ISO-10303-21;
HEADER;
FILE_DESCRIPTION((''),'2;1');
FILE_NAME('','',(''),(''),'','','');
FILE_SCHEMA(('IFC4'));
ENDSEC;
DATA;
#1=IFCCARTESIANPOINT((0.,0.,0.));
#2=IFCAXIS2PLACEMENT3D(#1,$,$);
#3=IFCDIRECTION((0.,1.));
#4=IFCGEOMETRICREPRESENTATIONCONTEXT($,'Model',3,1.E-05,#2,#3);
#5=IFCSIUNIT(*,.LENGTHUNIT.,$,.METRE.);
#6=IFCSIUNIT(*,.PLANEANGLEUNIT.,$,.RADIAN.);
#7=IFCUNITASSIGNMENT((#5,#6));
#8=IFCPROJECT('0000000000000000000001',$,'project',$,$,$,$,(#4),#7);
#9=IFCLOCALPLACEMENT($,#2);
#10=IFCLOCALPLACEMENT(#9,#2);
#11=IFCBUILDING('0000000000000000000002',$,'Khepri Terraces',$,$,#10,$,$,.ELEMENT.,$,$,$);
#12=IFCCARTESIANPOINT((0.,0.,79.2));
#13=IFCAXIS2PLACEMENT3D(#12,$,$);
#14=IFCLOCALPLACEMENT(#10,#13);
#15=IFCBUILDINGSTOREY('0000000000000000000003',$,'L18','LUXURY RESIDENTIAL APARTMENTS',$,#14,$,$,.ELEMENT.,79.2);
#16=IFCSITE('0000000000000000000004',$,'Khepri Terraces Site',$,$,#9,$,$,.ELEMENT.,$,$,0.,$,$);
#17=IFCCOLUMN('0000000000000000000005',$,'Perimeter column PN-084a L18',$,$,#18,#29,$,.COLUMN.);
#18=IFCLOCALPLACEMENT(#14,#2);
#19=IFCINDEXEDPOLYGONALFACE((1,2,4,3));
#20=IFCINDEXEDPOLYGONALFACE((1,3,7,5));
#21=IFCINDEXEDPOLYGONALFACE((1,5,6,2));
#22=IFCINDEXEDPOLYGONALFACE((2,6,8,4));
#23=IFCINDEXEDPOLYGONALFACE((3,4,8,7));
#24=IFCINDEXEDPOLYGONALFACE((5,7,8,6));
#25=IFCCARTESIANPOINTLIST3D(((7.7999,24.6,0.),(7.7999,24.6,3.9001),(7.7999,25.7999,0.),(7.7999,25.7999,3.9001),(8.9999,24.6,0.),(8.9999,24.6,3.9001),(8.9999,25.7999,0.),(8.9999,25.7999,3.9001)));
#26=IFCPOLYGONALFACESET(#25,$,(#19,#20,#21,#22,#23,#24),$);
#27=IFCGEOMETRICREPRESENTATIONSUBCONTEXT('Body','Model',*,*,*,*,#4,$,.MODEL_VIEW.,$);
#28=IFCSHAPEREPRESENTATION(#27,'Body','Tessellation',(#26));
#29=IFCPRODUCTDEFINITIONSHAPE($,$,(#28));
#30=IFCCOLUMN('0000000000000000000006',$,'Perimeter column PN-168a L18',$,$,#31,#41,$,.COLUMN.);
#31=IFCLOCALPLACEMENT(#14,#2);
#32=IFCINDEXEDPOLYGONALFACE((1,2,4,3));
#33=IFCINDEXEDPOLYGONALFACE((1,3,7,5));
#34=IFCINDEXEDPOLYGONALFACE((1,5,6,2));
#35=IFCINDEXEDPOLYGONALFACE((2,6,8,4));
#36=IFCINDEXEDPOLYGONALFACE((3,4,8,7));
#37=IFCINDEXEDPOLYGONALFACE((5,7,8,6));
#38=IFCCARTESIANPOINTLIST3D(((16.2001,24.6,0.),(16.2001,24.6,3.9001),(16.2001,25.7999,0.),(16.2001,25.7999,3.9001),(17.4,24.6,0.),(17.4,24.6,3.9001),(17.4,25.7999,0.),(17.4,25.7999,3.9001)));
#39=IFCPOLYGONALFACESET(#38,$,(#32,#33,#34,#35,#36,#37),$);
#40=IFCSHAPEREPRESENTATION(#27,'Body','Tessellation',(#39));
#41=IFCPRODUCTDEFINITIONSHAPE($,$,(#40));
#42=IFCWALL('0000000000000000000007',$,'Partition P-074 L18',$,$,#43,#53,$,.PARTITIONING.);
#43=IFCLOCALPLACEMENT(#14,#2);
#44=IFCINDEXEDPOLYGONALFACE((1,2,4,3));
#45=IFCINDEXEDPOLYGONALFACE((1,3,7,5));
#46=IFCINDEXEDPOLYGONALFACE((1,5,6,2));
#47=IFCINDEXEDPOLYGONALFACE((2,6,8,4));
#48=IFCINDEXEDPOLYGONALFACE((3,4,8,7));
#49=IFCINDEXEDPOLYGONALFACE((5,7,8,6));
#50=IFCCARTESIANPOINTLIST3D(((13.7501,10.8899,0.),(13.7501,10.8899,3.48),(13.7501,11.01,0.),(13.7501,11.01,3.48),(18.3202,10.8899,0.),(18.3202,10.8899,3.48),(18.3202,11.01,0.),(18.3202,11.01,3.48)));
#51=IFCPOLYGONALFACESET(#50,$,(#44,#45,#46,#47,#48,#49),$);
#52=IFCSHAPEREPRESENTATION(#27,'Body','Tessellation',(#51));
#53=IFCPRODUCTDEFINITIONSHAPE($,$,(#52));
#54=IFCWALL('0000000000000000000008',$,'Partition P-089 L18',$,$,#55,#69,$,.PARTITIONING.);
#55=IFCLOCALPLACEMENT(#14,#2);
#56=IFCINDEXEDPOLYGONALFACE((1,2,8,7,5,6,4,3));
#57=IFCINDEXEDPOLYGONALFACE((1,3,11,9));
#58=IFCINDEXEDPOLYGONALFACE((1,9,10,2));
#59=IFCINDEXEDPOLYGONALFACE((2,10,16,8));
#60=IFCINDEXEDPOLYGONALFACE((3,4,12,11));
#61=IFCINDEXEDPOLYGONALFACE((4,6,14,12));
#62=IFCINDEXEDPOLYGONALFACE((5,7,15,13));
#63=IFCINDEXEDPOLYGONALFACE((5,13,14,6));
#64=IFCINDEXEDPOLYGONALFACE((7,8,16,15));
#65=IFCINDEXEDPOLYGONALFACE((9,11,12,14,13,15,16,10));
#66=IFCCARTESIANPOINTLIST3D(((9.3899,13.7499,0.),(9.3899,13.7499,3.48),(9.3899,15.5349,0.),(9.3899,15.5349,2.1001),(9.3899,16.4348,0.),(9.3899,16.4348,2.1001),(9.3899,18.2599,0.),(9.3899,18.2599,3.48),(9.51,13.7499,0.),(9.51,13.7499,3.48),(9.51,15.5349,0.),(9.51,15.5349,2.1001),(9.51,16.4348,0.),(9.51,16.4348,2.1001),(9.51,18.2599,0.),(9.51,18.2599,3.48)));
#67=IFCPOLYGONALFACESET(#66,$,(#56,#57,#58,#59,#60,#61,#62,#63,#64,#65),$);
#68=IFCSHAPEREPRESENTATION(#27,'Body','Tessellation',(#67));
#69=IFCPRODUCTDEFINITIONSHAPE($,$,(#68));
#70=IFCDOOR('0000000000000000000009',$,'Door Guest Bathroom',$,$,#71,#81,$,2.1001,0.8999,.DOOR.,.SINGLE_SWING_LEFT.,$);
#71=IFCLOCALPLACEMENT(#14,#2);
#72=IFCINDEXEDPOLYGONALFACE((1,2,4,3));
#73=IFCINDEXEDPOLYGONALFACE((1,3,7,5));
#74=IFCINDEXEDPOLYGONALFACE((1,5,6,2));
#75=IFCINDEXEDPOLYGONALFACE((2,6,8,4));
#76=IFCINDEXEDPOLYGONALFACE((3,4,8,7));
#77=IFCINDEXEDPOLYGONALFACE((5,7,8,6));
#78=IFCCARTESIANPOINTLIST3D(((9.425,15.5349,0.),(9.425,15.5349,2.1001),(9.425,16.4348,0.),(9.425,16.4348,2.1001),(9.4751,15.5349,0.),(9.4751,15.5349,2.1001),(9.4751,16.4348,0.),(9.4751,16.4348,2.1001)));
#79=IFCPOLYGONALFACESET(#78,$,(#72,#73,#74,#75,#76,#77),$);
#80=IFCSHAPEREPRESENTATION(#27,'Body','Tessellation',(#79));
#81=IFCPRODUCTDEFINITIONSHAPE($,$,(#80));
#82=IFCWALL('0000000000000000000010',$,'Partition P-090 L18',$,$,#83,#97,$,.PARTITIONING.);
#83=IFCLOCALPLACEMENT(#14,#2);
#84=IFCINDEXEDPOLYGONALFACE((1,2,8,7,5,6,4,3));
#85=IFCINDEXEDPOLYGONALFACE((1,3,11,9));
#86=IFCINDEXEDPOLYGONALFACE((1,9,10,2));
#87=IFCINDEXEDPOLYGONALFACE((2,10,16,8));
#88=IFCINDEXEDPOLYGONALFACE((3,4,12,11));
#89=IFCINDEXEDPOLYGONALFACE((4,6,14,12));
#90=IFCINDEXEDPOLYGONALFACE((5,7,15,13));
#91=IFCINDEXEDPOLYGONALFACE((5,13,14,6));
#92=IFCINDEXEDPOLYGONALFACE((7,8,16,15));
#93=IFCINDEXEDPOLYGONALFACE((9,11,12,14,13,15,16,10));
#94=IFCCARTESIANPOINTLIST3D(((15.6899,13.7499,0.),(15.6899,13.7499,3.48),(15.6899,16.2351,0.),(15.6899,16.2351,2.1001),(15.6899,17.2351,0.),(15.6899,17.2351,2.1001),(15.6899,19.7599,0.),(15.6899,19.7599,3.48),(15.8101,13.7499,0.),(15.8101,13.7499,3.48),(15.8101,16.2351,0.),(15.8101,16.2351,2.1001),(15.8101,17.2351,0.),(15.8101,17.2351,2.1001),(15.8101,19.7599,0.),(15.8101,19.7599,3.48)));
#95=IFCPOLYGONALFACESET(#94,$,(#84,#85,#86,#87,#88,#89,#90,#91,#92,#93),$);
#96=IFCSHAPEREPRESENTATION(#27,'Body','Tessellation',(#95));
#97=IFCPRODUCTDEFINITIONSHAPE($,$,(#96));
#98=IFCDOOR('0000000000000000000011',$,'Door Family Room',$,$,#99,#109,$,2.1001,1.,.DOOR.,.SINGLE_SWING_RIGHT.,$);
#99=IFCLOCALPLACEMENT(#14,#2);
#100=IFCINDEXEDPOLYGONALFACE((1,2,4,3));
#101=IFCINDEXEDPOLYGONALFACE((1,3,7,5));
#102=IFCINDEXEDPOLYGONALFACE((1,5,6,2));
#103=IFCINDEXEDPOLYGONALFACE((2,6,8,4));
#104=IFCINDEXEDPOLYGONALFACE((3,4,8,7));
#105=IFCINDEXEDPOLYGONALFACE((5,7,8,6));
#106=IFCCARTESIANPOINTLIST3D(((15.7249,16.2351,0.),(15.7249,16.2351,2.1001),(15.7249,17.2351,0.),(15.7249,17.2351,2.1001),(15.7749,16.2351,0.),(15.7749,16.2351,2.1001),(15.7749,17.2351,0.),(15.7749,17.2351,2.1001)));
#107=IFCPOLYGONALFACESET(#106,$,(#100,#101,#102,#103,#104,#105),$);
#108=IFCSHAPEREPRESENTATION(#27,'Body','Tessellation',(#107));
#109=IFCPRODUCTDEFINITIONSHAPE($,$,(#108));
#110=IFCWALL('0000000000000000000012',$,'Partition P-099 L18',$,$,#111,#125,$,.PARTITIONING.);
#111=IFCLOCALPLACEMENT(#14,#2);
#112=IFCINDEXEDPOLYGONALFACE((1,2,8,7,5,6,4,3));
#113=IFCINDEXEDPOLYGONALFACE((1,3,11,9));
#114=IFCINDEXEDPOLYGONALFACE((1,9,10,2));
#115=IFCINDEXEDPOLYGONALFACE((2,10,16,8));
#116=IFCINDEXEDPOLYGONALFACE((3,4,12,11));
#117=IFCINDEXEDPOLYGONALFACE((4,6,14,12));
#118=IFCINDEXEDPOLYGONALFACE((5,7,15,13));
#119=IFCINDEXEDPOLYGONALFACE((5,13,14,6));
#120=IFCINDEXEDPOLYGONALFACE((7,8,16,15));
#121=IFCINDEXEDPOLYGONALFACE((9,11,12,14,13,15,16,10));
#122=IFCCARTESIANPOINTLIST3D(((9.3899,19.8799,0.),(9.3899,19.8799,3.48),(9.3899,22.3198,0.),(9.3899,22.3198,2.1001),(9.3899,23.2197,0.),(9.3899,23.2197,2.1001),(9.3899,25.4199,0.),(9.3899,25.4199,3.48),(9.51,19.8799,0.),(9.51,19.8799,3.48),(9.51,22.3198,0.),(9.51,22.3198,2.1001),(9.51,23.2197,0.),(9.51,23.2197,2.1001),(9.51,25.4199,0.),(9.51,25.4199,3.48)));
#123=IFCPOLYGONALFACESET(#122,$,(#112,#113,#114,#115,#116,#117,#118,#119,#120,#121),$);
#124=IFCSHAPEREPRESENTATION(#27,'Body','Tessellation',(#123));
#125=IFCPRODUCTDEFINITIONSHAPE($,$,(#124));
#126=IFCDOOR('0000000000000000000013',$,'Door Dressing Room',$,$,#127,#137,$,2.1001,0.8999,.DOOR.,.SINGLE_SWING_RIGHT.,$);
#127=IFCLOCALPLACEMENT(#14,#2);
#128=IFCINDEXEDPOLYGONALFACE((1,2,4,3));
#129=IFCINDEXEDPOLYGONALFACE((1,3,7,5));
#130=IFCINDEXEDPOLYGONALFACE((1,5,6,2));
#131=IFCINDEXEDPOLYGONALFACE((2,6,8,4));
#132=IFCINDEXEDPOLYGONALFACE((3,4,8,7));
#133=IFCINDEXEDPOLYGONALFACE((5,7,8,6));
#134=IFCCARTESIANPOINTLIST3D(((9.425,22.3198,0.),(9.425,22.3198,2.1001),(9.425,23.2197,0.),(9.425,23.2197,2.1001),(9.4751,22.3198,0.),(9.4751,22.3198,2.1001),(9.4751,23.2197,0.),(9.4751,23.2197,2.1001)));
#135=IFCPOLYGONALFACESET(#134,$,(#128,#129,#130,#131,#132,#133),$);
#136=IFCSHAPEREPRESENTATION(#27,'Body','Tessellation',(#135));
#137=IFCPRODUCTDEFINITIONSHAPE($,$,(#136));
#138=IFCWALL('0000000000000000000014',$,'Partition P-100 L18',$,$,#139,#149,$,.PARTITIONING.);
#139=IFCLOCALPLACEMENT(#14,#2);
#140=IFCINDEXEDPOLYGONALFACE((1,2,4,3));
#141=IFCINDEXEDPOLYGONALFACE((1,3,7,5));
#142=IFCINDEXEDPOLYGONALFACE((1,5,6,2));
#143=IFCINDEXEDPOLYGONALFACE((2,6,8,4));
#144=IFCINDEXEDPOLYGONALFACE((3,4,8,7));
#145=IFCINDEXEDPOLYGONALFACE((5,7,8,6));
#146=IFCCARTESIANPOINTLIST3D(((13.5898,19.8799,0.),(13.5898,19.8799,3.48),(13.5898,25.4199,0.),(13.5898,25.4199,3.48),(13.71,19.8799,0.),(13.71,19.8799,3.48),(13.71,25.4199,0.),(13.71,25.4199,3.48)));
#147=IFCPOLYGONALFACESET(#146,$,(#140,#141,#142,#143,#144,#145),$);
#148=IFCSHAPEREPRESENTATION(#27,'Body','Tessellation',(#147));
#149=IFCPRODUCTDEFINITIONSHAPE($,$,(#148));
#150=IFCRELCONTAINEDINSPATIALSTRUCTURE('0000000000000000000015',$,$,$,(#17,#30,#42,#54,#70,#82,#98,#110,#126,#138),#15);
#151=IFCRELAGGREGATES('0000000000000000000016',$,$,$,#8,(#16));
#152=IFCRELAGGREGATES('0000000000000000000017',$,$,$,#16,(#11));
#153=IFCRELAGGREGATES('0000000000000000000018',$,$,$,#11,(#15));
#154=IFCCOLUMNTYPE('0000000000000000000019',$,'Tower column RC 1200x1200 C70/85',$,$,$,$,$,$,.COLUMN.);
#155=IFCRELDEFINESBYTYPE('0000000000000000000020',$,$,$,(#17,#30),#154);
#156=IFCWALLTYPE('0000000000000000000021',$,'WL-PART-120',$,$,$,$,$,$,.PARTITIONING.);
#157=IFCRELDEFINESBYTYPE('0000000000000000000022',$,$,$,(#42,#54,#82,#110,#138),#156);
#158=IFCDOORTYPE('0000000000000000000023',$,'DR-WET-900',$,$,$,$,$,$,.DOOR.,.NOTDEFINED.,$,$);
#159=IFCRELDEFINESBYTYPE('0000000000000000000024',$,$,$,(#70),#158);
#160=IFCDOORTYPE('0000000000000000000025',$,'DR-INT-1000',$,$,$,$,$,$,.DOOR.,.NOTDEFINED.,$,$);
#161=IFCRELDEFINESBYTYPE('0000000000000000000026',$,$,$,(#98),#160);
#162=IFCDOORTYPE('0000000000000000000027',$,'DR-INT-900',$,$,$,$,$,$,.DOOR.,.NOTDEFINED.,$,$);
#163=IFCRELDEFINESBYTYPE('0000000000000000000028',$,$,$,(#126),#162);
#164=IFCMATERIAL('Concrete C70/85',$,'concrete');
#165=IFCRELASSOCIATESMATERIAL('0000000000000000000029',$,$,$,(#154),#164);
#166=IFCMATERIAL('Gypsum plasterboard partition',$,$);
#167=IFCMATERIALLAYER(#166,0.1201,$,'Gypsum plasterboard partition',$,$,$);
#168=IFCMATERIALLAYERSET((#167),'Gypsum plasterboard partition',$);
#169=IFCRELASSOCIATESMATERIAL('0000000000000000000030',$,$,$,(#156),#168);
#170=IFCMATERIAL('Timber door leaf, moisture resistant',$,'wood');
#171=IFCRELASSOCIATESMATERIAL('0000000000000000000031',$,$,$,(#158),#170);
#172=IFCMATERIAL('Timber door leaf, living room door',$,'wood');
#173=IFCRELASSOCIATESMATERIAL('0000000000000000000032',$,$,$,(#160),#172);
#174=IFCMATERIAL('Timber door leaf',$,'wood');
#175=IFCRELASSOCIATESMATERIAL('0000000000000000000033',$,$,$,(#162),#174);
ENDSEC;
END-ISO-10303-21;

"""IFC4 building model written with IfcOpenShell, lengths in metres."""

from ifc_helpers import new_model, si_unit, direction, frame, frame_2d, origin, origin_2d, place, context, subcontext, project, spatial, rectangle, extrude, material, layer, layer_set, material_profile, profile_set, type_object, element, fill, save


model = new_model("IFC4")

# Units and contexts
model_context = context("Model", 3, precision=1e-05, world=origin(), true_north=direction((0.0, 1.0)))
body_context = subcontext(model_context, "Body", "Model", "MODEL_VIEW")
ifc_project = project(units=[si_unit("LENGTHUNIT", "METRE"), si_unit("PLANEANGLEUNIT", "RADIAN")], contexts=[model_context])

# Site, building, storey
site_placement = place(None, origin())
site = spatial("IfcSite", under=ifc_project, at=site_placement, Name="Khepri Terraces Site", CompositionType="ELEMENT", RefElevation=0.0)
building_placement = place(site_placement, origin())
building = spatial("IfcBuilding", under=site, at=building_placement, Name="Khepri Terraces", CompositionType="ELEMENT")
storey_placement = place(building_placement, frame((0.0, 0.0, 79.2)))
storey = spatial("IfcBuildingStorey", under=building, at=storey_placement, Name="L18", Description="LUXURY RESIDENTIAL APARTMENTS", CompositionType="ELEMENT", Elevation=79.2)

# Columns
ifc_material_1 = material(Name="Concrete C70/85", Category="concrete")
ifc_material_profile = material_profile(ifc_material_1, rectangle(XDim=1.2, YDim=1.2, at=origin_2d()), Name="Concrete C70/85", Category="concrete")
ifc_profile_set = profile_set([ifc_material_profile], Name="Concrete C70/85")
column_type = type_object("IfcColumnType", Name="Tower column RC 1200x1200 C70/85", PredefinedType="COLUMN", material=ifc_profile_set)
for number, where, z_axis, x_axis, name in (
    (1, (8.3999, 25.2, 0.0), (0.0, 0.0, 1.0), (1.0, 0.0, 0.0), "Perimeter column PN-084a L18"),
    (2, (16.8, 25.2, 0.0), (0.0, 0.0, 1.0), (1.0, 0.0, 0.0), "Perimeter column PN-168a L18"),
):
    element("IfcColumn", number, at=place(storey_placement, frame(where, z_axis=z_axis, x_axis=x_axis)), inside=storey, type_object=column_type, Name=name, PredefinedType="COLUMN", context=body_context, shape_type="SweptSolid", body=[
        extrude(rectangle(XDim=1.2, YDim=1.2, at=origin_2d()), origin(), (0.0, 0.0, 1.0), 3.9001),
    ])

# Wall
ifc_material_2 = material(Name="Gypsum plasterboard partition")
ifc_layer_1 = layer(ifc_material_2, 0.1201, Name="Gypsum plasterboard partition")
ifc_layer_set_1 = layer_set([ifc_layer_1], Name="Gypsum plasterboard partition")
wall_type_1 = type_object("IfcWallType", Name="WL-PART-120", PredefinedType="PARTITIONING", material=ifc_layer_set_1)
wall_1_placement = place(storey_placement, frame((13.75, 10.95, 0.0), z_axis=(0.0, 0.0, 1.0), x_axis=(1.0, 0.0, 0.0)))
element("IfcWall", 3, at=wall_1_placement, inside=storey, type_object=wall_type_1, Name="Partition P-074 L18", PredefinedType="PARTITIONING", context=body_context, shape_type="SweptSolid", body=[
    extrude(rectangle(XDim=4.5701, YDim=0.1201, at=frame_2d((2.2852, 0.0))), origin(), (0.0, 0.0, 1.0), 3.48),
])

# Walls, openings, doors
wall_2_placement = place(storey_placement, frame((9.45, 13.75, 0.0), z_axis=(0.0, 0.0, 1.0), x_axis=(0.0, 1.0, 0.0)))
wall_2 = element("IfcWall", 4, at=wall_2_placement, inside=storey, type_object=wall_type_1, Name="Partition P-089 L18", PredefinedType="PARTITIONING", context=body_context, shape_type="SweptSolid", body=[
    extrude(rectangle(XDim=4.51, YDim=0.1201, at=frame_2d((2.2549, 0.0))), origin(), (0.0, 0.0, 1.0), 3.48),
])
opening_1_placement = place(wall_2_placement, frame((1.7849, 0.0, 0.0)))
opening_1 = element("IfcOpeningElement", 5, at=opening_1_placement, cuts=wall_2, PredefinedType="OPENING", context=body_context, shape_type="SweptSolid", body=[
    extrude(rectangle(XDim=0.8999, YDim=2.1001, at=frame_2d((0.45, 1.05))), frame((0.0, 0.0701, 0.0), z_axis=(0.0, -1.0, 0.0), x_axis=(1.0, 0.0, 0.0)), (0.0, 0.0, 1.0), 0.1401),
])
ifc_material_3 = material(Name="Timber door leaf, moisture resistant", Category="wood")
door_type_1 = type_object("IfcDoorType", Name="DR-WET-900", OperationType="NOTDEFINED", PredefinedType="DOOR", material=ifc_material_3)
door_1_placement = place(opening_1_placement, origin())
door_1 = element("IfcDoor", 6, at=door_1_placement, inside=storey, type_object=door_type_1, Name="Door Guest Bathroom", OperationType="SINGLE_SWING_LEFT", OverallHeight=2.1001, OverallWidth=0.8999, PredefinedType="DOOR", context=body_context, shape_type="SweptSolid", body=[
    extrude(rectangle(XDim=0.8999, YDim=2.1001, at=frame_2d((0.45, 1.05))), frame((0.0, 0.0249, 0.0), z_axis=(0.0, -1.0, 0.0), x_axis=(1.0, 0.0, 0.0)), (0.0, 0.0, 1.0), 0.05),
])
fill(opening_1, door_1)
wall_3_placement = place(storey_placement, frame((15.75, 13.75, 0.0), z_axis=(0.0, 0.0, 1.0), x_axis=(0.0, 1.0, 0.0)))
wall_3 = element("IfcWall", 7, at=wall_3_placement, inside=storey, type_object=wall_type_1, Name="Partition P-090 L18", PredefinedType="PARTITIONING", context=body_context, shape_type="SweptSolid", body=[
    extrude(rectangle(XDim=6.01, YDim=0.1201, at=frame_2d((3.0049, 0.0))), origin(), (0.0, 0.0, 1.0), 3.48),
])
opening_2_placement = place(wall_3_placement, frame((2.4851, 0.0, 0.0)))
opening_2 = element("IfcOpeningElement", 8, at=opening_2_placement, cuts=wall_3, PredefinedType="OPENING", context=body_context, shape_type="SweptSolid", body=[
    extrude(rectangle(XDim=1.0, YDim=2.1001, at=frame_2d((0.5, 1.05))), frame((0.0, 0.0701, 0.0), z_axis=(0.0, -1.0, 0.0), x_axis=(1.0, 0.0, 0.0)), (0.0, 0.0, 1.0), 0.1401),
])
ifc_material_4 = material(Name="Timber door leaf, living room door", Category="wood")
door_type_2 = type_object("IfcDoorType", Name="DR-INT-1000", OperationType="NOTDEFINED", PredefinedType="DOOR", material=ifc_material_4)
door_2_placement = place(opening_2_placement, frame((1.0, 0.0, 0.0), z_axis=(0.0, 0.0, 1.0), x_axis=(-1.0, 0.0, 0.0)))
door_2 = element("IfcDoor", 9, at=door_2_placement, inside=storey, type_object=door_type_2, Name="Door Family Room", OperationType="SINGLE_SWING_RIGHT", OverallHeight=2.1001, OverallWidth=1.0, PredefinedType="DOOR", context=body_context, shape_type="SweptSolid", body=[
    extrude(rectangle(XDim=1.0, YDim=2.1001, at=frame_2d((0.5, 1.05))), frame((0.0, 0.0249, 0.0), z_axis=(0.0, -1.0, 0.0), x_axis=(1.0, 0.0, 0.0)), (0.0, 0.0, 1.0), 0.05),
])
fill(opening_2, door_2)
wall_4_placement = place(storey_placement, frame((9.45, 19.8799, 0.0), z_axis=(0.0, 0.0, 1.0), x_axis=(0.0, 1.0, 0.0)))
wall_4 = element("IfcWall", 10, at=wall_4_placement, inside=storey, type_object=wall_type_1, Name="Partition P-099 L18", PredefinedType="PARTITIONING", context=body_context, shape_type="SweptSolid", body=[
    extrude(rectangle(XDim=5.54, YDim=0.1201, at=frame_2d((2.77, 0.0))), origin(), (0.0, 0.0, 1.0), 3.48),
])
opening_3_placement = place(wall_4_placement, frame((2.4399, 0.0, 0.0)))
opening_3 = element("IfcOpeningElement", 11, at=opening_3_placement, cuts=wall_4, PredefinedType="OPENING", context=body_context, shape_type="SweptSolid", body=[
    extrude(rectangle(XDim=0.8999, YDim=2.1001, at=frame_2d((0.45, 1.05))), frame((0.0, 0.0701, 0.0), z_axis=(0.0, -1.0, 0.0), x_axis=(1.0, 0.0, 0.0)), (0.0, 0.0, 1.0), 0.1401),
])
ifc_material_5 = material(Name="Timber door leaf", Category="wood")
door_type_3 = type_object("IfcDoorType", Name="DR-INT-900", OperationType="NOTDEFINED", PredefinedType="DOOR", material=ifc_material_5)
door_3_placement = place(opening_3_placement, origin())
door_3 = element("IfcDoor", 12, at=door_3_placement, inside=storey, type_object=door_type_3, Name="Door Dressing Room", OperationType="SINGLE_SWING_RIGHT", OverallHeight=2.1001, OverallWidth=0.8999, PredefinedType="DOOR", context=body_context, shape_type="SweptSolid", body=[
    extrude(rectangle(XDim=0.8999, YDim=2.1001, at=frame_2d((0.45, 1.05))), frame((0.0, 0.0249, 0.0), z_axis=(0.0, -1.0, 0.0), x_axis=(1.0, 0.0, 0.0)), (0.0, 0.0, 1.0), 0.05),
])
fill(opening_3, door_3)

# Wall
wall_5_placement = place(storey_placement, frame((13.6499, 19.8799, 0.0), z_axis=(0.0, 0.0, 1.0), x_axis=(0.0, 1.0, 0.0)))
element("IfcWall", 13, at=wall_5_placement, inside=storey, type_object=wall_type_1, Name="Partition P-100 L18", PredefinedType="PARTITIONING", context=body_context, shape_type="SweptSolid", body=[
    extrude(rectangle(XDim=5.54, YDim=0.1201, at=frame_2d((2.77, 0.0))), origin(), (0.0, 0.0, 1.0), 3.48),
])

save(model, "model.ifc")
